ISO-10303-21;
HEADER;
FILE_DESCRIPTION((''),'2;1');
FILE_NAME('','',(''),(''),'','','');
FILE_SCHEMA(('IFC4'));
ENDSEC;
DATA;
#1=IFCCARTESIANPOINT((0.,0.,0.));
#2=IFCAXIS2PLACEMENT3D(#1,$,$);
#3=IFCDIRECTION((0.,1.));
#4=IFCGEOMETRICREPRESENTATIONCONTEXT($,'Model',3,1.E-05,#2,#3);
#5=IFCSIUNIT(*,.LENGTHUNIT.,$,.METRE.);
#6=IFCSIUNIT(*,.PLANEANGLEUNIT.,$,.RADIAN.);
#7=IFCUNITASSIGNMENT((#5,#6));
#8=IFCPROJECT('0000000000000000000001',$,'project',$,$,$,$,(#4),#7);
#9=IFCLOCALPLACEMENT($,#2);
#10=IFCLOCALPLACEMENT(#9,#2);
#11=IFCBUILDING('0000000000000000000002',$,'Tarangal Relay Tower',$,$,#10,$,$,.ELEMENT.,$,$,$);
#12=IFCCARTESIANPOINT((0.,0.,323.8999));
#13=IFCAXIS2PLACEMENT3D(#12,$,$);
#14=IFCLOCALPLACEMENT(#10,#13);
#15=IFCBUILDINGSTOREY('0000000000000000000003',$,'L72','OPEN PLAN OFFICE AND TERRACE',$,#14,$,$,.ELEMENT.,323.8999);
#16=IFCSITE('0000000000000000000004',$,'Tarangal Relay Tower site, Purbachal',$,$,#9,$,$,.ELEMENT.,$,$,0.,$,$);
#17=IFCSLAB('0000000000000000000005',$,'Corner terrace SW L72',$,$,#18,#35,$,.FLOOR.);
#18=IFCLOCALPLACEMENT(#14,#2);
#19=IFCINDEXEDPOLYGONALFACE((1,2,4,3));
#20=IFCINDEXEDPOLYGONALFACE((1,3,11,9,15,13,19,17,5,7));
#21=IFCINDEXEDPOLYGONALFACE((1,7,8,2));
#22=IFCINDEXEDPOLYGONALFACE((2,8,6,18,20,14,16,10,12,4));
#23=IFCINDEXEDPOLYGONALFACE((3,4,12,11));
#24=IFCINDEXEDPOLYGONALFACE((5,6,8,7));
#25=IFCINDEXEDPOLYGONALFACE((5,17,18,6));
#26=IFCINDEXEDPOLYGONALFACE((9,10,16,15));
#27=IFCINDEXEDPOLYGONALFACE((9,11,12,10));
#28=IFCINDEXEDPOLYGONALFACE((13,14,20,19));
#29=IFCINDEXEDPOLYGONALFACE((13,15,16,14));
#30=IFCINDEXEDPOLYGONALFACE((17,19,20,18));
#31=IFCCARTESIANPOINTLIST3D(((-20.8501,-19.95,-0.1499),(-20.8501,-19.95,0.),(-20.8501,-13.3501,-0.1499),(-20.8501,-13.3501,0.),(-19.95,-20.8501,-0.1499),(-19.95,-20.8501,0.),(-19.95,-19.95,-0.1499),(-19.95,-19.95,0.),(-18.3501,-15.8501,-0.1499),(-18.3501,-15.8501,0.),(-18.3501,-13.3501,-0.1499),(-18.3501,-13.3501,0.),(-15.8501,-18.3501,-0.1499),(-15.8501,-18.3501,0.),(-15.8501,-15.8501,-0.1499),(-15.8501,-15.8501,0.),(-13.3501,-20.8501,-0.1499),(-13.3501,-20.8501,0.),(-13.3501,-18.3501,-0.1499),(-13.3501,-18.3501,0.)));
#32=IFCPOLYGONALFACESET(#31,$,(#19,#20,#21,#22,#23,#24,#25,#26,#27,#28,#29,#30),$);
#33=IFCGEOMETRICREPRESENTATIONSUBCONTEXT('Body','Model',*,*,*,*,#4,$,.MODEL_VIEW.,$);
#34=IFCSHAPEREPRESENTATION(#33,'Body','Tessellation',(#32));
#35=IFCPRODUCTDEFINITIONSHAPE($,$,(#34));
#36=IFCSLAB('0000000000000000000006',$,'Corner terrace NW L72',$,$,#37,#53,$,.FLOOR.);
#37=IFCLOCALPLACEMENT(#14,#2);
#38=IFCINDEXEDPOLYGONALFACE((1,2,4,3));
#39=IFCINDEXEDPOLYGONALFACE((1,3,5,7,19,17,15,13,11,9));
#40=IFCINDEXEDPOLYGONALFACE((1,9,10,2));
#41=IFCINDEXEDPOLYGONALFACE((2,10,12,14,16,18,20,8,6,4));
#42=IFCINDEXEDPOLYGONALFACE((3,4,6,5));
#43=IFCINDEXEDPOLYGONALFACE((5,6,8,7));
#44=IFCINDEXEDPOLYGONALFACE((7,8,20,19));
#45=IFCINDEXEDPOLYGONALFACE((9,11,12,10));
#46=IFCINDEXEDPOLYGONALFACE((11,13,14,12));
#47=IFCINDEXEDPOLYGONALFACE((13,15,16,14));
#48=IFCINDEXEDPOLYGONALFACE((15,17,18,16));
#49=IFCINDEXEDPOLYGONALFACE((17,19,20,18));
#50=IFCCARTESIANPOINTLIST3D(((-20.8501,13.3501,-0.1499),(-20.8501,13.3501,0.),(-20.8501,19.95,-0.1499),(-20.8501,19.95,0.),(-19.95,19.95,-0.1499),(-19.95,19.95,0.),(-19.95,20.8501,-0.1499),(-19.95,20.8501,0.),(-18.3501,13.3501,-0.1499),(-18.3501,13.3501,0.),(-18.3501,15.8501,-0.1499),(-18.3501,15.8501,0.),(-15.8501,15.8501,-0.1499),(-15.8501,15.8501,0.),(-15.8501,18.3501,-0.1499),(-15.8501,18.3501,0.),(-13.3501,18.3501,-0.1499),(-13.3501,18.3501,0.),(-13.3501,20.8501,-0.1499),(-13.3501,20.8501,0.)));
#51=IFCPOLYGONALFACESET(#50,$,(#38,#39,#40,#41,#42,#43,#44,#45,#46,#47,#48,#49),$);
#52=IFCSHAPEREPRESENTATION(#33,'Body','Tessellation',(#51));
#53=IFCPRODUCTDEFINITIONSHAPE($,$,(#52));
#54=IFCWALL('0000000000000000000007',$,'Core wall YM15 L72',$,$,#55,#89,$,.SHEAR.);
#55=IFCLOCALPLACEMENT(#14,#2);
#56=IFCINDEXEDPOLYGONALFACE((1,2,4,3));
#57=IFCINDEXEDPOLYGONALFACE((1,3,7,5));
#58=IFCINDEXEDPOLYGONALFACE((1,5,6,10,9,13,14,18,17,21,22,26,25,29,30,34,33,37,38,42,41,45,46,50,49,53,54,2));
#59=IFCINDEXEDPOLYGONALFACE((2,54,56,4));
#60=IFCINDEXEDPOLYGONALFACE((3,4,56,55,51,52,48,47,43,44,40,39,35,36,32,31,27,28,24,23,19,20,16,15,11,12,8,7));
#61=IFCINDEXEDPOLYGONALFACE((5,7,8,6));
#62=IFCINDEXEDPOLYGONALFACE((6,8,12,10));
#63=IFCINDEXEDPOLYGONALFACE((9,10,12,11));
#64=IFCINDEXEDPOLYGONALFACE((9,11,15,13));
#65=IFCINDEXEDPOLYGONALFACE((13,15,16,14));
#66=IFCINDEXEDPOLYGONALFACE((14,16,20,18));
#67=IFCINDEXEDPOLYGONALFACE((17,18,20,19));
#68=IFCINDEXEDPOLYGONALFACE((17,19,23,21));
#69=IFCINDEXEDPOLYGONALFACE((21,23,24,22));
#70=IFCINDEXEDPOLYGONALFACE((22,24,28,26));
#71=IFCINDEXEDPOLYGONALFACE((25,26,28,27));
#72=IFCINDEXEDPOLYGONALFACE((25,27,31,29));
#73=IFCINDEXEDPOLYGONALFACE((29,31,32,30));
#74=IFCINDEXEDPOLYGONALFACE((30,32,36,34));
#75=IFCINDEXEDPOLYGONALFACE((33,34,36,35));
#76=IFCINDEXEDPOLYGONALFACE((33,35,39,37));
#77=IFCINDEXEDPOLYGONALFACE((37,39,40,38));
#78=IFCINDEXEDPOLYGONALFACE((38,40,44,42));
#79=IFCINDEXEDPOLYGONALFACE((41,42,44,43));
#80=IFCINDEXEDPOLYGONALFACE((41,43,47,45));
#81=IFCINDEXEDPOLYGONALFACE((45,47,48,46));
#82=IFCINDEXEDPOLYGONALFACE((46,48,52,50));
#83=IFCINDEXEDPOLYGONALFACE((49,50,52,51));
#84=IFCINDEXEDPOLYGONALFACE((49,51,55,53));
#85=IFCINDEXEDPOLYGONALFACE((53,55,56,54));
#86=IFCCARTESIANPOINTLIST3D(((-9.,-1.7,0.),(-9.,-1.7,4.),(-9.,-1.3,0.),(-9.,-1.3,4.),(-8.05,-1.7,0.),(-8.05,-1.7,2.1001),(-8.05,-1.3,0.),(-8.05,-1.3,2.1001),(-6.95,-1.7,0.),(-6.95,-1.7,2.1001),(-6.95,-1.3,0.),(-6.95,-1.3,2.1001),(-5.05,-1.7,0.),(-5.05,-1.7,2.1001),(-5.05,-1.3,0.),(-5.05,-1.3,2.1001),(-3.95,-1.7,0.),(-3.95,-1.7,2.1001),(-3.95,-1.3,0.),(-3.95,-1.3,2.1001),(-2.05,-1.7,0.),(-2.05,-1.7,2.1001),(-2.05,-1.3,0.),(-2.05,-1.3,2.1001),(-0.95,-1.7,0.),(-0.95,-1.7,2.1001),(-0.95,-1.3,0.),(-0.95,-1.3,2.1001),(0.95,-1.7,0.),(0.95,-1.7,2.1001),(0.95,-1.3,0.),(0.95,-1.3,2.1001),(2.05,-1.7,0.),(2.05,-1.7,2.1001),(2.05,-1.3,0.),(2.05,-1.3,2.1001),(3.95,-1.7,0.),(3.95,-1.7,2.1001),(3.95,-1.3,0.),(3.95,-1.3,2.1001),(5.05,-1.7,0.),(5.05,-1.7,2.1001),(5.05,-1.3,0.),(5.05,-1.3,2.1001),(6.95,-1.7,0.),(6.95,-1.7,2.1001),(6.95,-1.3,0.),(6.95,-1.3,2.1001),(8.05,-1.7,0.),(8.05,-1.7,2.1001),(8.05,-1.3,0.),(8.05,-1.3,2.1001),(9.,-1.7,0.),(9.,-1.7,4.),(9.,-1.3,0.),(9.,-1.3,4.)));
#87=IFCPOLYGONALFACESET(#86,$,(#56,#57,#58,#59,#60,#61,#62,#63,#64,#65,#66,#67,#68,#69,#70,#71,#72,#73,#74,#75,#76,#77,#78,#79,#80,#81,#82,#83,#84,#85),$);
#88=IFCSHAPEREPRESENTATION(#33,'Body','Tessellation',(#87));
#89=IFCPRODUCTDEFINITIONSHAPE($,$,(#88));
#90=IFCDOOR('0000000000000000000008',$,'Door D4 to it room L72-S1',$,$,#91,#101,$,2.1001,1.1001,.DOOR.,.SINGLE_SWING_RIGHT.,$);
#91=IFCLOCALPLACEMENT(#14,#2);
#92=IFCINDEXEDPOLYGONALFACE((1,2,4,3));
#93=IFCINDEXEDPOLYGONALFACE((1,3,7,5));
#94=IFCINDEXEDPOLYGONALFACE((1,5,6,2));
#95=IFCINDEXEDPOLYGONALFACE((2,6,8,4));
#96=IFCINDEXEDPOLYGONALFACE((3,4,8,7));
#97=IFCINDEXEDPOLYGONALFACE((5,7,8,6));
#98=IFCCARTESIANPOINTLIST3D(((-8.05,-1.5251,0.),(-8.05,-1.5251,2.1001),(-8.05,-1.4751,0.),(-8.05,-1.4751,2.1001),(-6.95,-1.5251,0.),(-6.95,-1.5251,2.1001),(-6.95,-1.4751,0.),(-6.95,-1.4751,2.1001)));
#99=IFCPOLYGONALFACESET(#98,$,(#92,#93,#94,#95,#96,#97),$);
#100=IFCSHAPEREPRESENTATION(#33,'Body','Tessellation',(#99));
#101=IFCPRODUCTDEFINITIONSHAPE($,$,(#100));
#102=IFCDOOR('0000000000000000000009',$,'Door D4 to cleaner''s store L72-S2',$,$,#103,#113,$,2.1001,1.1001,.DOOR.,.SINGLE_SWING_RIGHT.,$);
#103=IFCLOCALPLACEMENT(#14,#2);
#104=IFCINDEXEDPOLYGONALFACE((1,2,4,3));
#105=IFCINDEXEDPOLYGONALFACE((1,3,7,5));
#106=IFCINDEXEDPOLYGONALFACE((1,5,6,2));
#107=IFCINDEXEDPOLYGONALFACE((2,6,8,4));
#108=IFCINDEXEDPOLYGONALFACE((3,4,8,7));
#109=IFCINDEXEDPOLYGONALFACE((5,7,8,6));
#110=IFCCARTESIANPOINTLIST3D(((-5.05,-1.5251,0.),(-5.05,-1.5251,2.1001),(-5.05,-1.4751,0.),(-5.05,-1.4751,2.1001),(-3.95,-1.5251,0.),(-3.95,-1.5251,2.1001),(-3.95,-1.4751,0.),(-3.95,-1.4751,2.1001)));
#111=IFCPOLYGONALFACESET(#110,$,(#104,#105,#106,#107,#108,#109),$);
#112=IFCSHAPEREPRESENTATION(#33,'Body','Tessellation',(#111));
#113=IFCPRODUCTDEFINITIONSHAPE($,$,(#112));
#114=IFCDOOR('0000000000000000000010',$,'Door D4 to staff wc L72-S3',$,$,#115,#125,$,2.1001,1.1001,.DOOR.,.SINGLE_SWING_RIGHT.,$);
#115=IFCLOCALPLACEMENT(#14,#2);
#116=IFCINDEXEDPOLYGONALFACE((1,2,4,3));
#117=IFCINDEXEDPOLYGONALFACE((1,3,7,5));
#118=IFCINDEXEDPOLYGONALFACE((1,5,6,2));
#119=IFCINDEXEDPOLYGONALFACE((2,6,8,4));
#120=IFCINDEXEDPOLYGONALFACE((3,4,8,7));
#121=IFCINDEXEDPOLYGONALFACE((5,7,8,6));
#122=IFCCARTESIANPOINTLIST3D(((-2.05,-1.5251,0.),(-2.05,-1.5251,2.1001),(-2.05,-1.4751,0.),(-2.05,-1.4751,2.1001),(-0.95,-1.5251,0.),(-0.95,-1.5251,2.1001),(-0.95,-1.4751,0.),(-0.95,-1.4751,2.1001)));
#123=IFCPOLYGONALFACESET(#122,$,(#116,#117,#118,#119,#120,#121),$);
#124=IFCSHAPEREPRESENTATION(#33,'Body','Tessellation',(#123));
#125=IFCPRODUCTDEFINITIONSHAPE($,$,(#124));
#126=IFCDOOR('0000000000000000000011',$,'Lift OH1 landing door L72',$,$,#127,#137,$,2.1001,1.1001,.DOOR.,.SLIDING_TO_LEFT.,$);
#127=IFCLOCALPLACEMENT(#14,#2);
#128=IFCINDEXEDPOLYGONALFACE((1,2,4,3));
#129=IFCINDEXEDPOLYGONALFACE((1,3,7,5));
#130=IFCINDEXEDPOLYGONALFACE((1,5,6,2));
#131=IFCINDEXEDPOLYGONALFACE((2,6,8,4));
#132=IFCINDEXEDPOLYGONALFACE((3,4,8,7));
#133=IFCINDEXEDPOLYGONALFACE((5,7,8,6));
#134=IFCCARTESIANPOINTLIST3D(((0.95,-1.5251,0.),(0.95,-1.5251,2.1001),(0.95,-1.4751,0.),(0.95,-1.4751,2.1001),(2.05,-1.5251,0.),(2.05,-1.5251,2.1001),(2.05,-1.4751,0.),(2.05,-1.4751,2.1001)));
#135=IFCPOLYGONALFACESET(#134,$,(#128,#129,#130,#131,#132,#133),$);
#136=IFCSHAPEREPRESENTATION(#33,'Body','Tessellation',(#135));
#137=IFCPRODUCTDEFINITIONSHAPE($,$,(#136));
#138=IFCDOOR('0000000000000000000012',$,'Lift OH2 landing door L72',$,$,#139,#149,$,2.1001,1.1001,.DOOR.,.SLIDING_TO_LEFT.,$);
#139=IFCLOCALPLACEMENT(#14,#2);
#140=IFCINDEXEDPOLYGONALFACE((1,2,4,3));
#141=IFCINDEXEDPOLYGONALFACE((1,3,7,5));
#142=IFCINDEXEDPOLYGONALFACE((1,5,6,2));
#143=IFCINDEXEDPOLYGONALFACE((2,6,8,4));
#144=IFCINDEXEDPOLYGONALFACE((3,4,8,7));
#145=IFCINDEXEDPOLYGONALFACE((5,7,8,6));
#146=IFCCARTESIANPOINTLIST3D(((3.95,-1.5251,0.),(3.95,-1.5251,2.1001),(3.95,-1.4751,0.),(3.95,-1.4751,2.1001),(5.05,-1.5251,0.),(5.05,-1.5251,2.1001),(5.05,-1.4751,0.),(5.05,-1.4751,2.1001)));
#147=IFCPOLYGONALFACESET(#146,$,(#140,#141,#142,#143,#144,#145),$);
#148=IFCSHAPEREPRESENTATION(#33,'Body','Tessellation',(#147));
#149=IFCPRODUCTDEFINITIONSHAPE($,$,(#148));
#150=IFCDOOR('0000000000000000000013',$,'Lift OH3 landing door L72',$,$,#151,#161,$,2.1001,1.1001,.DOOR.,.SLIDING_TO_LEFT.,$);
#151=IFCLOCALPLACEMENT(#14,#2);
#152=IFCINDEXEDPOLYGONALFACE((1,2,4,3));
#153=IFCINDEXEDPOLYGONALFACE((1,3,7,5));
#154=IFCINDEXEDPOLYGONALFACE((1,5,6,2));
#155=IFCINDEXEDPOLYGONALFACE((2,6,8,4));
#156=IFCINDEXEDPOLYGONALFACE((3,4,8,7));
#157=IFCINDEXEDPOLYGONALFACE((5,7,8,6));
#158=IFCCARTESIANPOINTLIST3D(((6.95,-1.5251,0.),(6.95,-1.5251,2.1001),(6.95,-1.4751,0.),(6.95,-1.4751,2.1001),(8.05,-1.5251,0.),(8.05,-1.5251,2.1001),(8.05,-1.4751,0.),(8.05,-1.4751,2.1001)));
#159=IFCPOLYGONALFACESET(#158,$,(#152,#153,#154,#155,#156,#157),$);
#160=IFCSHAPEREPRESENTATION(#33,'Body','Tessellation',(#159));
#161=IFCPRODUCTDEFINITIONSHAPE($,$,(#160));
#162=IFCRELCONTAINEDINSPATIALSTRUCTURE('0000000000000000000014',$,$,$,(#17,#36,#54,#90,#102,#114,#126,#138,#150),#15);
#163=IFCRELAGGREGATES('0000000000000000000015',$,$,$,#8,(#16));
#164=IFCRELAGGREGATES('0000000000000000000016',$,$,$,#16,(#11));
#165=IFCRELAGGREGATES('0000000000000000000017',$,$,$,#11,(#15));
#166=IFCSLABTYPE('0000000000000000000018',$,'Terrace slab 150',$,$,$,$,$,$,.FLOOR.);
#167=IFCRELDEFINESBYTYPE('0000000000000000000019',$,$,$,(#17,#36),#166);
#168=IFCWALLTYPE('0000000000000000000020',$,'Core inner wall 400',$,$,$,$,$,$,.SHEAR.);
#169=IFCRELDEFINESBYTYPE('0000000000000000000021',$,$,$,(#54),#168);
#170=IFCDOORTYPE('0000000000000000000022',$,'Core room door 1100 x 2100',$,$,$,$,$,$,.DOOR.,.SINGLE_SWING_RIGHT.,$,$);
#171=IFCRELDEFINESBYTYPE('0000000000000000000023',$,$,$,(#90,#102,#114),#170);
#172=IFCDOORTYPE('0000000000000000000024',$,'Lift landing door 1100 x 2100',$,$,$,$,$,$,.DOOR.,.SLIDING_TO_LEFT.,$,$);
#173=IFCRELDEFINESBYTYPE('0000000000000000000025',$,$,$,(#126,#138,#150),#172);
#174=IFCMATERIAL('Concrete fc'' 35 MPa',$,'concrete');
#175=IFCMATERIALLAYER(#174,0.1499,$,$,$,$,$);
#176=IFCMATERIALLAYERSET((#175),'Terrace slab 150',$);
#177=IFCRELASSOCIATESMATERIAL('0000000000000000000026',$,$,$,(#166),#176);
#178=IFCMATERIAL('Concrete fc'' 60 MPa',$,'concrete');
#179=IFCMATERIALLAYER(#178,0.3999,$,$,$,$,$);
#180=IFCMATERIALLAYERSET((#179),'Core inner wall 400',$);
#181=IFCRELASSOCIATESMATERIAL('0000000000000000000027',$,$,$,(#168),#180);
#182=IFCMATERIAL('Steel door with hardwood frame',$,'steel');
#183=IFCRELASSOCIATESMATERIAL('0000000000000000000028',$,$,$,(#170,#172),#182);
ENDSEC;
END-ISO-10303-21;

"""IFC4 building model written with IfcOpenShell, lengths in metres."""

from ifc_helpers import new_model, si_unit, direction, frame, frame_2d, origin, place, context, subcontext, project, spatial, polyline, rectangle, outline, extrude, material, layer, layer_set, type_object, element, fill, save


model = new_model("IFC4")

# Units and contexts
model_context = context("Model", 3, precision=1e-05, world=origin(), true_north=direction((0.0, 1.0)))
body_context = subcontext(model_context, "Body", "Model", "MODEL_VIEW")
ifc_project = project(units=[si_unit("LENGTHUNIT", "METRE"), si_unit("PLANEANGLEUNIT", "RADIAN")], contexts=[model_context])

# Site, building, storey
site_placement = place(None, origin())
site = spatial("IfcSite", under=ifc_project, at=site_placement, Name="Tarangal Relay Tower site, Purbachal", CompositionType="ELEMENT", RefElevation=0.0)
building_placement = place(site_placement, origin())
building = spatial("IfcBuilding", under=site, at=building_placement, Name="Tarangal Relay Tower", CompositionType="ELEMENT")
storey_placement = place(building_placement, frame((0.0, 0.0, 323.8999)))
storey = spatial("IfcBuildingStorey", under=building, at=storey_placement, Name="L72", Description="OPEN PLAN OFFICE AND TERRACE", CompositionType="ELEMENT", Elevation=323.8999)

# Slabs
ifc_material_1 = material(Name="Concrete fc' 35 MPa", Category="concrete")
ifc_layer_1 = layer(ifc_material_1, 0.1499)
ifc_layer_set_1 = layer_set([ifc_layer_1], Name="Terrace slab 150")
slab_type_1 = type_object("IfcSlabType", Name="Terrace slab 150", PredefinedType="FLOOR", material=ifc_layer_set_1)
slab_1_placement = place(storey_placement, frame((0.0, 0.0, -0.1499)))
element("IfcSlab", 1, at=slab_1_placement, inside=storey, type_object=slab_type_1, Name="Corner terrace SW L72", PredefinedType="FLOOR", context=body_context, shape_type="SweptSolid", body=[
    extrude(outline(polyline([(-13.3501, -20.8501), (-13.3501, -18.3501), (-15.8501, -18.3501), (-15.8501, -15.8501), (-18.3501, -15.8501), (-18.3501, -13.3501), (-20.8501, -13.3501), (-20.8501, -19.95), (-19.95, -19.95), (-19.95, -20.8501), (-13.3501, -20.8501)])), origin(), (0.0, 0.0, 1.0), 0.1499),
])
slab_2_placement = place(storey_placement, frame((0.0, 0.0, -0.1499)))
element("IfcSlab", 2, at=slab_2_placement, inside=storey, type_object=slab_type_1, Name="Corner terrace NW L72", PredefinedType="FLOOR", context=body_context, shape_type="SweptSolid", body=[
    extrude(outline(polyline([(-20.8501, 13.3501), (-18.3501, 13.3501), (-18.3501, 15.8501), (-15.8501, 15.8501), (-15.8501, 18.3501), (-13.3501, 18.3501), (-13.3501, 20.8501), (-19.95, 20.8501), (-19.95, 19.95), (-20.8501, 19.95), (-20.8501, 13.3501)])), origin(), (0.0, 0.0, 1.0), 0.1499),
])

# Wall, openings, doors
ifc_material_2 = material(Name="Concrete fc' 60 MPa", Category="concrete")
ifc_layer_2 = layer(ifc_material_2, 0.3999)
ifc_layer_set_2 = layer_set([ifc_layer_2], Name="Core inner wall 400")
wall_type_1 = type_object("IfcWallType", Name="Core inner wall 400", PredefinedType="SHEAR", material=ifc_layer_set_2)
wall_1_placement = place(storey_placement, frame((-9.0, -1.5, 0.0), z_axis=(0.0, 0.0, 1.0), x_axis=(1.0, 0.0, 0.0)))
wall_1 = element("IfcWall", 3, at=wall_1_placement, inside=storey, type_object=wall_type_1, Name="Core wall YM15 L72", PredefinedType="SHEAR", context=body_context, shape_type="SweptSolid", body=[
    extrude(rectangle(XDim=18.0, YDim=0.3999, at=frame_2d((9.0, 0.0))), origin(), (0.0, 0.0, 1.0), 4.0),
])
opening_1_placement = place(wall_1_placement, frame((9.95, 0.0, 0.0)))
opening_1 = element("IfcOpeningElement", 4, at=opening_1_placement, cuts=wall_1, PredefinedType="OPENING", context=body_context, shape_type="SweptSolid", body=[
    extrude(rectangle(XDim=1.1001, YDim=2.1001, at=frame_2d((0.55, 1.05))), frame((0.0, 0.21, 0.0), z_axis=(0.0, -1.0, 0.0), x_axis=(1.0, 0.0, 0.0)), (0.0, 0.0, 1.0), 0.4199),
])
opening_2_placement = place(wall_1_placement, frame((12.95, 0.0, 0.0)))
opening_2 = element("IfcOpeningElement", 5, at=opening_2_placement, cuts=wall_1, PredefinedType="OPENING", context=body_context, shape_type="SweptSolid", body=[
    extrude(rectangle(XDim=1.1001, YDim=2.1001, at=frame_2d((0.55, 1.05))), frame((0.0, 0.21, 0.0), z_axis=(0.0, -1.0, 0.0), x_axis=(1.0, 0.0, 0.0)), (0.0, 0.0, 1.0), 0.4199),
])
opening_3_placement = place(wall_1_placement, frame((15.95, 0.0, 0.0)))
opening_3 = element("IfcOpeningElement", 6, at=opening_3_placement, cuts=wall_1, PredefinedType="OPENING", context=body_context, shape_type="SweptSolid", body=[
    extrude(rectangle(XDim=1.1001, YDim=2.1001, at=frame_2d((0.55, 1.05))), frame((0.0, 0.21, 0.0), z_axis=(0.0, -1.0, 0.0), x_axis=(1.0, 0.0, 0.0)), (0.0, 0.0, 1.0), 0.4199),
])
opening_4_placement = place(wall_1_placement, frame((0.95, 0.0, 0.0)))
opening_4 = element("IfcOpeningElement", 7, at=opening_4_placement, cuts=wall_1, PredefinedType="OPENING", context=body_context, shape_type="SweptSolid", body=[
    extrude(rectangle(XDim=1.1001, YDim=2.1001, at=frame_2d((0.55, 1.05))), frame((0.0, 0.21, 0.0), z_axis=(0.0, -1.0, 0.0), x_axis=(1.0, 0.0, 0.0)), (0.0, 0.0, 1.0), 0.4199),
])
opening_5_placement = place(wall_1_placement, frame((3.95, 0.0, 0.0)))
opening_5 = element("IfcOpeningElement", 8, at=opening_5_placement, cuts=wall_1, PredefinedType="OPENING", context=body_context, shape_type="SweptSolid", body=[
    extrude(rectangle(XDim=1.1001, YDim=2.1001, at=frame_2d((0.55, 1.05))), frame((0.0, 0.21, 0.0), z_axis=(0.0, -1.0, 0.0), x_axis=(1.0, 0.0, 0.0)), (0.0, 0.0, 1.0), 0.4199),
])
opening_6_placement = place(wall_1_placement, frame((6.95, 0.0, 0.0)))
opening_6 = element("IfcOpeningElement", 9, at=opening_6_placement, cuts=wall_1, PredefinedType="OPENING", context=body_context, shape_type="SweptSolid", body=[
    extrude(rectangle(XDim=1.1001, YDim=2.1001, at=frame_2d((0.55, 1.05))), frame((0.0, 0.21, 0.0), z_axis=(0.0, -1.0, 0.0), x_axis=(1.0, 0.0, 0.0)), (0.0, 0.0, 1.0), 0.4199),
])
ifc_material_3 = material(Name="Steel door with hardwood frame", Category="steel")
door_type_1 = type_object("IfcDoorType", Name="Core room door 1100 x 2100", OperationType="SINGLE_SWING_RIGHT", PredefinedType="DOOR", material=ifc_material_3)
door_1_placement = place(opening_4_placement, origin())
door_1 = element("IfcDoor", 10, at=door_1_placement, inside=storey, type_object=door_type_1, Name="Door D4 to it room L72-S1", OperationType="SINGLE_SWING_RIGHT", OverallHeight=2.1001, OverallWidth=1.1001, PredefinedType="DOOR", context=body_context, shape_type="SweptSolid", body=[
    extrude(rectangle(XDim=1.1001, YDim=2.1001, at=frame_2d((0.55, 1.05))), frame((0.0, 0.0249, 0.0), z_axis=(0.0, -1.0, 0.0), x_axis=(1.0, 0.0, 0.0)), (0.0, 0.0, 1.0), 0.05),
])
fill(opening_4, door_1)
door_2_placement = place(opening_5_placement, origin())
door_2 = element("IfcDoor", 11, at=door_2_placement, inside=storey, type_object=door_type_1, Name="Door D4 to cleaner's store L72-S2", OperationType="SINGLE_SWING_RIGHT", OverallHeight=2.1001, OverallWidth=1.1001, PredefinedType="DOOR", context=body_context, shape_type="SweptSolid", body=[
    extrude(rectangle(XDim=1.1001, YDim=2.1001, at=frame_2d((0.55, 1.05))), frame((0.0, 0.0249, 0.0), z_axis=(0.0, -1.0, 0.0), x_axis=(1.0, 0.0, 0.0)), (0.0, 0.0, 1.0), 0.05),
])
fill(opening_5, door_2)
door_3_placement = place(opening_6_placement, origin())
door_3 = element("IfcDoor", 12, at=door_3_placement, inside=storey, type_object=door_type_1, Name="Door D4 to staff wc L72-S3", OperationType="SINGLE_SWING_RIGHT", OverallHeight=2.1001, OverallWidth=1.1001, PredefinedType="DOOR", context=body_context, shape_type="SweptSolid", body=[
    extrude(rectangle(XDim=1.1001, YDim=2.1001, at=frame_2d((0.55, 1.05))), frame((0.0, 0.0249, 0.0), z_axis=(0.0, -1.0, 0.0), x_axis=(1.0, 0.0, 0.0)), (0.0, 0.0, 1.0), 0.05),
])
fill(opening_6, door_3)
door_type_2 = type_object("IfcDoorType", Name="Lift landing door 1100 x 2100", OperationType="SLIDING_TO_LEFT", PredefinedType="DOOR", material=ifc_material_3)
door_4_placement = place(opening_1_placement, origin())
door_4 = element("IfcDoor", 13, at=door_4_placement, inside=storey, type_object=door_type_2, Name="Lift OH1 landing door L72", OperationType="SLIDING_TO_LEFT", OverallHeight=2.1001, OverallWidth=1.1001, PredefinedType="DOOR", context=body_context, shape_type="SweptSolid", body=[
    extrude(rectangle(XDim=1.1001, YDim=2.1001, at=frame_2d((0.55, 1.05))), frame((0.0, 0.0249, 0.0), z_axis=(0.0, -1.0, 0.0), x_axis=(1.0, 0.0, 0.0)), (0.0, 0.0, 1.0), 0.05),
])
fill(opening_1, door_4)
door_5_placement = place(opening_2_placement, origin())
door_5 = element("IfcDoor", 14, at=door_5_placement, inside=storey, type_object=door_type_2, Name="Lift OH2 landing door L72", OperationType="SLIDING_TO_LEFT", OverallHeight=2.1001, OverallWidth=1.1001, PredefinedType="DOOR", context=body_context, shape_type="SweptSolid", body=[
    extrude(rectangle(XDim=1.1001, YDim=2.1001, at=frame_2d((0.55, 1.05))), frame((0.0, 0.0249, 0.0), z_axis=(0.0, -1.0, 0.0), x_axis=(1.0, 0.0, 0.0)), (0.0, 0.0, 1.0), 0.05),
])
fill(opening_2, door_5)
door_6_placement = place(opening_3_placement, origin())
door_6 = element("IfcDoor", 15, at=door_6_placement, inside=storey, type_object=door_type_2, Name="Lift OH3 landing door L72", OperationType="SLIDING_TO_LEFT", OverallHeight=2.1001, OverallWidth=1.1001, PredefinedType="DOOR", context=body_context, shape_type="SweptSolid", body=[
    extrude(rectangle(XDim=1.1001, YDim=2.1001, at=frame_2d((0.55, 1.05))), frame((0.0, 0.0249, 0.0), z_axis=(0.0, -1.0, 0.0), x_axis=(1.0, 0.0, 0.0)), (0.0, 0.0, 1.0), 0.05),
])
fill(opening_3, door_6)

save(model, "model.ifc")
